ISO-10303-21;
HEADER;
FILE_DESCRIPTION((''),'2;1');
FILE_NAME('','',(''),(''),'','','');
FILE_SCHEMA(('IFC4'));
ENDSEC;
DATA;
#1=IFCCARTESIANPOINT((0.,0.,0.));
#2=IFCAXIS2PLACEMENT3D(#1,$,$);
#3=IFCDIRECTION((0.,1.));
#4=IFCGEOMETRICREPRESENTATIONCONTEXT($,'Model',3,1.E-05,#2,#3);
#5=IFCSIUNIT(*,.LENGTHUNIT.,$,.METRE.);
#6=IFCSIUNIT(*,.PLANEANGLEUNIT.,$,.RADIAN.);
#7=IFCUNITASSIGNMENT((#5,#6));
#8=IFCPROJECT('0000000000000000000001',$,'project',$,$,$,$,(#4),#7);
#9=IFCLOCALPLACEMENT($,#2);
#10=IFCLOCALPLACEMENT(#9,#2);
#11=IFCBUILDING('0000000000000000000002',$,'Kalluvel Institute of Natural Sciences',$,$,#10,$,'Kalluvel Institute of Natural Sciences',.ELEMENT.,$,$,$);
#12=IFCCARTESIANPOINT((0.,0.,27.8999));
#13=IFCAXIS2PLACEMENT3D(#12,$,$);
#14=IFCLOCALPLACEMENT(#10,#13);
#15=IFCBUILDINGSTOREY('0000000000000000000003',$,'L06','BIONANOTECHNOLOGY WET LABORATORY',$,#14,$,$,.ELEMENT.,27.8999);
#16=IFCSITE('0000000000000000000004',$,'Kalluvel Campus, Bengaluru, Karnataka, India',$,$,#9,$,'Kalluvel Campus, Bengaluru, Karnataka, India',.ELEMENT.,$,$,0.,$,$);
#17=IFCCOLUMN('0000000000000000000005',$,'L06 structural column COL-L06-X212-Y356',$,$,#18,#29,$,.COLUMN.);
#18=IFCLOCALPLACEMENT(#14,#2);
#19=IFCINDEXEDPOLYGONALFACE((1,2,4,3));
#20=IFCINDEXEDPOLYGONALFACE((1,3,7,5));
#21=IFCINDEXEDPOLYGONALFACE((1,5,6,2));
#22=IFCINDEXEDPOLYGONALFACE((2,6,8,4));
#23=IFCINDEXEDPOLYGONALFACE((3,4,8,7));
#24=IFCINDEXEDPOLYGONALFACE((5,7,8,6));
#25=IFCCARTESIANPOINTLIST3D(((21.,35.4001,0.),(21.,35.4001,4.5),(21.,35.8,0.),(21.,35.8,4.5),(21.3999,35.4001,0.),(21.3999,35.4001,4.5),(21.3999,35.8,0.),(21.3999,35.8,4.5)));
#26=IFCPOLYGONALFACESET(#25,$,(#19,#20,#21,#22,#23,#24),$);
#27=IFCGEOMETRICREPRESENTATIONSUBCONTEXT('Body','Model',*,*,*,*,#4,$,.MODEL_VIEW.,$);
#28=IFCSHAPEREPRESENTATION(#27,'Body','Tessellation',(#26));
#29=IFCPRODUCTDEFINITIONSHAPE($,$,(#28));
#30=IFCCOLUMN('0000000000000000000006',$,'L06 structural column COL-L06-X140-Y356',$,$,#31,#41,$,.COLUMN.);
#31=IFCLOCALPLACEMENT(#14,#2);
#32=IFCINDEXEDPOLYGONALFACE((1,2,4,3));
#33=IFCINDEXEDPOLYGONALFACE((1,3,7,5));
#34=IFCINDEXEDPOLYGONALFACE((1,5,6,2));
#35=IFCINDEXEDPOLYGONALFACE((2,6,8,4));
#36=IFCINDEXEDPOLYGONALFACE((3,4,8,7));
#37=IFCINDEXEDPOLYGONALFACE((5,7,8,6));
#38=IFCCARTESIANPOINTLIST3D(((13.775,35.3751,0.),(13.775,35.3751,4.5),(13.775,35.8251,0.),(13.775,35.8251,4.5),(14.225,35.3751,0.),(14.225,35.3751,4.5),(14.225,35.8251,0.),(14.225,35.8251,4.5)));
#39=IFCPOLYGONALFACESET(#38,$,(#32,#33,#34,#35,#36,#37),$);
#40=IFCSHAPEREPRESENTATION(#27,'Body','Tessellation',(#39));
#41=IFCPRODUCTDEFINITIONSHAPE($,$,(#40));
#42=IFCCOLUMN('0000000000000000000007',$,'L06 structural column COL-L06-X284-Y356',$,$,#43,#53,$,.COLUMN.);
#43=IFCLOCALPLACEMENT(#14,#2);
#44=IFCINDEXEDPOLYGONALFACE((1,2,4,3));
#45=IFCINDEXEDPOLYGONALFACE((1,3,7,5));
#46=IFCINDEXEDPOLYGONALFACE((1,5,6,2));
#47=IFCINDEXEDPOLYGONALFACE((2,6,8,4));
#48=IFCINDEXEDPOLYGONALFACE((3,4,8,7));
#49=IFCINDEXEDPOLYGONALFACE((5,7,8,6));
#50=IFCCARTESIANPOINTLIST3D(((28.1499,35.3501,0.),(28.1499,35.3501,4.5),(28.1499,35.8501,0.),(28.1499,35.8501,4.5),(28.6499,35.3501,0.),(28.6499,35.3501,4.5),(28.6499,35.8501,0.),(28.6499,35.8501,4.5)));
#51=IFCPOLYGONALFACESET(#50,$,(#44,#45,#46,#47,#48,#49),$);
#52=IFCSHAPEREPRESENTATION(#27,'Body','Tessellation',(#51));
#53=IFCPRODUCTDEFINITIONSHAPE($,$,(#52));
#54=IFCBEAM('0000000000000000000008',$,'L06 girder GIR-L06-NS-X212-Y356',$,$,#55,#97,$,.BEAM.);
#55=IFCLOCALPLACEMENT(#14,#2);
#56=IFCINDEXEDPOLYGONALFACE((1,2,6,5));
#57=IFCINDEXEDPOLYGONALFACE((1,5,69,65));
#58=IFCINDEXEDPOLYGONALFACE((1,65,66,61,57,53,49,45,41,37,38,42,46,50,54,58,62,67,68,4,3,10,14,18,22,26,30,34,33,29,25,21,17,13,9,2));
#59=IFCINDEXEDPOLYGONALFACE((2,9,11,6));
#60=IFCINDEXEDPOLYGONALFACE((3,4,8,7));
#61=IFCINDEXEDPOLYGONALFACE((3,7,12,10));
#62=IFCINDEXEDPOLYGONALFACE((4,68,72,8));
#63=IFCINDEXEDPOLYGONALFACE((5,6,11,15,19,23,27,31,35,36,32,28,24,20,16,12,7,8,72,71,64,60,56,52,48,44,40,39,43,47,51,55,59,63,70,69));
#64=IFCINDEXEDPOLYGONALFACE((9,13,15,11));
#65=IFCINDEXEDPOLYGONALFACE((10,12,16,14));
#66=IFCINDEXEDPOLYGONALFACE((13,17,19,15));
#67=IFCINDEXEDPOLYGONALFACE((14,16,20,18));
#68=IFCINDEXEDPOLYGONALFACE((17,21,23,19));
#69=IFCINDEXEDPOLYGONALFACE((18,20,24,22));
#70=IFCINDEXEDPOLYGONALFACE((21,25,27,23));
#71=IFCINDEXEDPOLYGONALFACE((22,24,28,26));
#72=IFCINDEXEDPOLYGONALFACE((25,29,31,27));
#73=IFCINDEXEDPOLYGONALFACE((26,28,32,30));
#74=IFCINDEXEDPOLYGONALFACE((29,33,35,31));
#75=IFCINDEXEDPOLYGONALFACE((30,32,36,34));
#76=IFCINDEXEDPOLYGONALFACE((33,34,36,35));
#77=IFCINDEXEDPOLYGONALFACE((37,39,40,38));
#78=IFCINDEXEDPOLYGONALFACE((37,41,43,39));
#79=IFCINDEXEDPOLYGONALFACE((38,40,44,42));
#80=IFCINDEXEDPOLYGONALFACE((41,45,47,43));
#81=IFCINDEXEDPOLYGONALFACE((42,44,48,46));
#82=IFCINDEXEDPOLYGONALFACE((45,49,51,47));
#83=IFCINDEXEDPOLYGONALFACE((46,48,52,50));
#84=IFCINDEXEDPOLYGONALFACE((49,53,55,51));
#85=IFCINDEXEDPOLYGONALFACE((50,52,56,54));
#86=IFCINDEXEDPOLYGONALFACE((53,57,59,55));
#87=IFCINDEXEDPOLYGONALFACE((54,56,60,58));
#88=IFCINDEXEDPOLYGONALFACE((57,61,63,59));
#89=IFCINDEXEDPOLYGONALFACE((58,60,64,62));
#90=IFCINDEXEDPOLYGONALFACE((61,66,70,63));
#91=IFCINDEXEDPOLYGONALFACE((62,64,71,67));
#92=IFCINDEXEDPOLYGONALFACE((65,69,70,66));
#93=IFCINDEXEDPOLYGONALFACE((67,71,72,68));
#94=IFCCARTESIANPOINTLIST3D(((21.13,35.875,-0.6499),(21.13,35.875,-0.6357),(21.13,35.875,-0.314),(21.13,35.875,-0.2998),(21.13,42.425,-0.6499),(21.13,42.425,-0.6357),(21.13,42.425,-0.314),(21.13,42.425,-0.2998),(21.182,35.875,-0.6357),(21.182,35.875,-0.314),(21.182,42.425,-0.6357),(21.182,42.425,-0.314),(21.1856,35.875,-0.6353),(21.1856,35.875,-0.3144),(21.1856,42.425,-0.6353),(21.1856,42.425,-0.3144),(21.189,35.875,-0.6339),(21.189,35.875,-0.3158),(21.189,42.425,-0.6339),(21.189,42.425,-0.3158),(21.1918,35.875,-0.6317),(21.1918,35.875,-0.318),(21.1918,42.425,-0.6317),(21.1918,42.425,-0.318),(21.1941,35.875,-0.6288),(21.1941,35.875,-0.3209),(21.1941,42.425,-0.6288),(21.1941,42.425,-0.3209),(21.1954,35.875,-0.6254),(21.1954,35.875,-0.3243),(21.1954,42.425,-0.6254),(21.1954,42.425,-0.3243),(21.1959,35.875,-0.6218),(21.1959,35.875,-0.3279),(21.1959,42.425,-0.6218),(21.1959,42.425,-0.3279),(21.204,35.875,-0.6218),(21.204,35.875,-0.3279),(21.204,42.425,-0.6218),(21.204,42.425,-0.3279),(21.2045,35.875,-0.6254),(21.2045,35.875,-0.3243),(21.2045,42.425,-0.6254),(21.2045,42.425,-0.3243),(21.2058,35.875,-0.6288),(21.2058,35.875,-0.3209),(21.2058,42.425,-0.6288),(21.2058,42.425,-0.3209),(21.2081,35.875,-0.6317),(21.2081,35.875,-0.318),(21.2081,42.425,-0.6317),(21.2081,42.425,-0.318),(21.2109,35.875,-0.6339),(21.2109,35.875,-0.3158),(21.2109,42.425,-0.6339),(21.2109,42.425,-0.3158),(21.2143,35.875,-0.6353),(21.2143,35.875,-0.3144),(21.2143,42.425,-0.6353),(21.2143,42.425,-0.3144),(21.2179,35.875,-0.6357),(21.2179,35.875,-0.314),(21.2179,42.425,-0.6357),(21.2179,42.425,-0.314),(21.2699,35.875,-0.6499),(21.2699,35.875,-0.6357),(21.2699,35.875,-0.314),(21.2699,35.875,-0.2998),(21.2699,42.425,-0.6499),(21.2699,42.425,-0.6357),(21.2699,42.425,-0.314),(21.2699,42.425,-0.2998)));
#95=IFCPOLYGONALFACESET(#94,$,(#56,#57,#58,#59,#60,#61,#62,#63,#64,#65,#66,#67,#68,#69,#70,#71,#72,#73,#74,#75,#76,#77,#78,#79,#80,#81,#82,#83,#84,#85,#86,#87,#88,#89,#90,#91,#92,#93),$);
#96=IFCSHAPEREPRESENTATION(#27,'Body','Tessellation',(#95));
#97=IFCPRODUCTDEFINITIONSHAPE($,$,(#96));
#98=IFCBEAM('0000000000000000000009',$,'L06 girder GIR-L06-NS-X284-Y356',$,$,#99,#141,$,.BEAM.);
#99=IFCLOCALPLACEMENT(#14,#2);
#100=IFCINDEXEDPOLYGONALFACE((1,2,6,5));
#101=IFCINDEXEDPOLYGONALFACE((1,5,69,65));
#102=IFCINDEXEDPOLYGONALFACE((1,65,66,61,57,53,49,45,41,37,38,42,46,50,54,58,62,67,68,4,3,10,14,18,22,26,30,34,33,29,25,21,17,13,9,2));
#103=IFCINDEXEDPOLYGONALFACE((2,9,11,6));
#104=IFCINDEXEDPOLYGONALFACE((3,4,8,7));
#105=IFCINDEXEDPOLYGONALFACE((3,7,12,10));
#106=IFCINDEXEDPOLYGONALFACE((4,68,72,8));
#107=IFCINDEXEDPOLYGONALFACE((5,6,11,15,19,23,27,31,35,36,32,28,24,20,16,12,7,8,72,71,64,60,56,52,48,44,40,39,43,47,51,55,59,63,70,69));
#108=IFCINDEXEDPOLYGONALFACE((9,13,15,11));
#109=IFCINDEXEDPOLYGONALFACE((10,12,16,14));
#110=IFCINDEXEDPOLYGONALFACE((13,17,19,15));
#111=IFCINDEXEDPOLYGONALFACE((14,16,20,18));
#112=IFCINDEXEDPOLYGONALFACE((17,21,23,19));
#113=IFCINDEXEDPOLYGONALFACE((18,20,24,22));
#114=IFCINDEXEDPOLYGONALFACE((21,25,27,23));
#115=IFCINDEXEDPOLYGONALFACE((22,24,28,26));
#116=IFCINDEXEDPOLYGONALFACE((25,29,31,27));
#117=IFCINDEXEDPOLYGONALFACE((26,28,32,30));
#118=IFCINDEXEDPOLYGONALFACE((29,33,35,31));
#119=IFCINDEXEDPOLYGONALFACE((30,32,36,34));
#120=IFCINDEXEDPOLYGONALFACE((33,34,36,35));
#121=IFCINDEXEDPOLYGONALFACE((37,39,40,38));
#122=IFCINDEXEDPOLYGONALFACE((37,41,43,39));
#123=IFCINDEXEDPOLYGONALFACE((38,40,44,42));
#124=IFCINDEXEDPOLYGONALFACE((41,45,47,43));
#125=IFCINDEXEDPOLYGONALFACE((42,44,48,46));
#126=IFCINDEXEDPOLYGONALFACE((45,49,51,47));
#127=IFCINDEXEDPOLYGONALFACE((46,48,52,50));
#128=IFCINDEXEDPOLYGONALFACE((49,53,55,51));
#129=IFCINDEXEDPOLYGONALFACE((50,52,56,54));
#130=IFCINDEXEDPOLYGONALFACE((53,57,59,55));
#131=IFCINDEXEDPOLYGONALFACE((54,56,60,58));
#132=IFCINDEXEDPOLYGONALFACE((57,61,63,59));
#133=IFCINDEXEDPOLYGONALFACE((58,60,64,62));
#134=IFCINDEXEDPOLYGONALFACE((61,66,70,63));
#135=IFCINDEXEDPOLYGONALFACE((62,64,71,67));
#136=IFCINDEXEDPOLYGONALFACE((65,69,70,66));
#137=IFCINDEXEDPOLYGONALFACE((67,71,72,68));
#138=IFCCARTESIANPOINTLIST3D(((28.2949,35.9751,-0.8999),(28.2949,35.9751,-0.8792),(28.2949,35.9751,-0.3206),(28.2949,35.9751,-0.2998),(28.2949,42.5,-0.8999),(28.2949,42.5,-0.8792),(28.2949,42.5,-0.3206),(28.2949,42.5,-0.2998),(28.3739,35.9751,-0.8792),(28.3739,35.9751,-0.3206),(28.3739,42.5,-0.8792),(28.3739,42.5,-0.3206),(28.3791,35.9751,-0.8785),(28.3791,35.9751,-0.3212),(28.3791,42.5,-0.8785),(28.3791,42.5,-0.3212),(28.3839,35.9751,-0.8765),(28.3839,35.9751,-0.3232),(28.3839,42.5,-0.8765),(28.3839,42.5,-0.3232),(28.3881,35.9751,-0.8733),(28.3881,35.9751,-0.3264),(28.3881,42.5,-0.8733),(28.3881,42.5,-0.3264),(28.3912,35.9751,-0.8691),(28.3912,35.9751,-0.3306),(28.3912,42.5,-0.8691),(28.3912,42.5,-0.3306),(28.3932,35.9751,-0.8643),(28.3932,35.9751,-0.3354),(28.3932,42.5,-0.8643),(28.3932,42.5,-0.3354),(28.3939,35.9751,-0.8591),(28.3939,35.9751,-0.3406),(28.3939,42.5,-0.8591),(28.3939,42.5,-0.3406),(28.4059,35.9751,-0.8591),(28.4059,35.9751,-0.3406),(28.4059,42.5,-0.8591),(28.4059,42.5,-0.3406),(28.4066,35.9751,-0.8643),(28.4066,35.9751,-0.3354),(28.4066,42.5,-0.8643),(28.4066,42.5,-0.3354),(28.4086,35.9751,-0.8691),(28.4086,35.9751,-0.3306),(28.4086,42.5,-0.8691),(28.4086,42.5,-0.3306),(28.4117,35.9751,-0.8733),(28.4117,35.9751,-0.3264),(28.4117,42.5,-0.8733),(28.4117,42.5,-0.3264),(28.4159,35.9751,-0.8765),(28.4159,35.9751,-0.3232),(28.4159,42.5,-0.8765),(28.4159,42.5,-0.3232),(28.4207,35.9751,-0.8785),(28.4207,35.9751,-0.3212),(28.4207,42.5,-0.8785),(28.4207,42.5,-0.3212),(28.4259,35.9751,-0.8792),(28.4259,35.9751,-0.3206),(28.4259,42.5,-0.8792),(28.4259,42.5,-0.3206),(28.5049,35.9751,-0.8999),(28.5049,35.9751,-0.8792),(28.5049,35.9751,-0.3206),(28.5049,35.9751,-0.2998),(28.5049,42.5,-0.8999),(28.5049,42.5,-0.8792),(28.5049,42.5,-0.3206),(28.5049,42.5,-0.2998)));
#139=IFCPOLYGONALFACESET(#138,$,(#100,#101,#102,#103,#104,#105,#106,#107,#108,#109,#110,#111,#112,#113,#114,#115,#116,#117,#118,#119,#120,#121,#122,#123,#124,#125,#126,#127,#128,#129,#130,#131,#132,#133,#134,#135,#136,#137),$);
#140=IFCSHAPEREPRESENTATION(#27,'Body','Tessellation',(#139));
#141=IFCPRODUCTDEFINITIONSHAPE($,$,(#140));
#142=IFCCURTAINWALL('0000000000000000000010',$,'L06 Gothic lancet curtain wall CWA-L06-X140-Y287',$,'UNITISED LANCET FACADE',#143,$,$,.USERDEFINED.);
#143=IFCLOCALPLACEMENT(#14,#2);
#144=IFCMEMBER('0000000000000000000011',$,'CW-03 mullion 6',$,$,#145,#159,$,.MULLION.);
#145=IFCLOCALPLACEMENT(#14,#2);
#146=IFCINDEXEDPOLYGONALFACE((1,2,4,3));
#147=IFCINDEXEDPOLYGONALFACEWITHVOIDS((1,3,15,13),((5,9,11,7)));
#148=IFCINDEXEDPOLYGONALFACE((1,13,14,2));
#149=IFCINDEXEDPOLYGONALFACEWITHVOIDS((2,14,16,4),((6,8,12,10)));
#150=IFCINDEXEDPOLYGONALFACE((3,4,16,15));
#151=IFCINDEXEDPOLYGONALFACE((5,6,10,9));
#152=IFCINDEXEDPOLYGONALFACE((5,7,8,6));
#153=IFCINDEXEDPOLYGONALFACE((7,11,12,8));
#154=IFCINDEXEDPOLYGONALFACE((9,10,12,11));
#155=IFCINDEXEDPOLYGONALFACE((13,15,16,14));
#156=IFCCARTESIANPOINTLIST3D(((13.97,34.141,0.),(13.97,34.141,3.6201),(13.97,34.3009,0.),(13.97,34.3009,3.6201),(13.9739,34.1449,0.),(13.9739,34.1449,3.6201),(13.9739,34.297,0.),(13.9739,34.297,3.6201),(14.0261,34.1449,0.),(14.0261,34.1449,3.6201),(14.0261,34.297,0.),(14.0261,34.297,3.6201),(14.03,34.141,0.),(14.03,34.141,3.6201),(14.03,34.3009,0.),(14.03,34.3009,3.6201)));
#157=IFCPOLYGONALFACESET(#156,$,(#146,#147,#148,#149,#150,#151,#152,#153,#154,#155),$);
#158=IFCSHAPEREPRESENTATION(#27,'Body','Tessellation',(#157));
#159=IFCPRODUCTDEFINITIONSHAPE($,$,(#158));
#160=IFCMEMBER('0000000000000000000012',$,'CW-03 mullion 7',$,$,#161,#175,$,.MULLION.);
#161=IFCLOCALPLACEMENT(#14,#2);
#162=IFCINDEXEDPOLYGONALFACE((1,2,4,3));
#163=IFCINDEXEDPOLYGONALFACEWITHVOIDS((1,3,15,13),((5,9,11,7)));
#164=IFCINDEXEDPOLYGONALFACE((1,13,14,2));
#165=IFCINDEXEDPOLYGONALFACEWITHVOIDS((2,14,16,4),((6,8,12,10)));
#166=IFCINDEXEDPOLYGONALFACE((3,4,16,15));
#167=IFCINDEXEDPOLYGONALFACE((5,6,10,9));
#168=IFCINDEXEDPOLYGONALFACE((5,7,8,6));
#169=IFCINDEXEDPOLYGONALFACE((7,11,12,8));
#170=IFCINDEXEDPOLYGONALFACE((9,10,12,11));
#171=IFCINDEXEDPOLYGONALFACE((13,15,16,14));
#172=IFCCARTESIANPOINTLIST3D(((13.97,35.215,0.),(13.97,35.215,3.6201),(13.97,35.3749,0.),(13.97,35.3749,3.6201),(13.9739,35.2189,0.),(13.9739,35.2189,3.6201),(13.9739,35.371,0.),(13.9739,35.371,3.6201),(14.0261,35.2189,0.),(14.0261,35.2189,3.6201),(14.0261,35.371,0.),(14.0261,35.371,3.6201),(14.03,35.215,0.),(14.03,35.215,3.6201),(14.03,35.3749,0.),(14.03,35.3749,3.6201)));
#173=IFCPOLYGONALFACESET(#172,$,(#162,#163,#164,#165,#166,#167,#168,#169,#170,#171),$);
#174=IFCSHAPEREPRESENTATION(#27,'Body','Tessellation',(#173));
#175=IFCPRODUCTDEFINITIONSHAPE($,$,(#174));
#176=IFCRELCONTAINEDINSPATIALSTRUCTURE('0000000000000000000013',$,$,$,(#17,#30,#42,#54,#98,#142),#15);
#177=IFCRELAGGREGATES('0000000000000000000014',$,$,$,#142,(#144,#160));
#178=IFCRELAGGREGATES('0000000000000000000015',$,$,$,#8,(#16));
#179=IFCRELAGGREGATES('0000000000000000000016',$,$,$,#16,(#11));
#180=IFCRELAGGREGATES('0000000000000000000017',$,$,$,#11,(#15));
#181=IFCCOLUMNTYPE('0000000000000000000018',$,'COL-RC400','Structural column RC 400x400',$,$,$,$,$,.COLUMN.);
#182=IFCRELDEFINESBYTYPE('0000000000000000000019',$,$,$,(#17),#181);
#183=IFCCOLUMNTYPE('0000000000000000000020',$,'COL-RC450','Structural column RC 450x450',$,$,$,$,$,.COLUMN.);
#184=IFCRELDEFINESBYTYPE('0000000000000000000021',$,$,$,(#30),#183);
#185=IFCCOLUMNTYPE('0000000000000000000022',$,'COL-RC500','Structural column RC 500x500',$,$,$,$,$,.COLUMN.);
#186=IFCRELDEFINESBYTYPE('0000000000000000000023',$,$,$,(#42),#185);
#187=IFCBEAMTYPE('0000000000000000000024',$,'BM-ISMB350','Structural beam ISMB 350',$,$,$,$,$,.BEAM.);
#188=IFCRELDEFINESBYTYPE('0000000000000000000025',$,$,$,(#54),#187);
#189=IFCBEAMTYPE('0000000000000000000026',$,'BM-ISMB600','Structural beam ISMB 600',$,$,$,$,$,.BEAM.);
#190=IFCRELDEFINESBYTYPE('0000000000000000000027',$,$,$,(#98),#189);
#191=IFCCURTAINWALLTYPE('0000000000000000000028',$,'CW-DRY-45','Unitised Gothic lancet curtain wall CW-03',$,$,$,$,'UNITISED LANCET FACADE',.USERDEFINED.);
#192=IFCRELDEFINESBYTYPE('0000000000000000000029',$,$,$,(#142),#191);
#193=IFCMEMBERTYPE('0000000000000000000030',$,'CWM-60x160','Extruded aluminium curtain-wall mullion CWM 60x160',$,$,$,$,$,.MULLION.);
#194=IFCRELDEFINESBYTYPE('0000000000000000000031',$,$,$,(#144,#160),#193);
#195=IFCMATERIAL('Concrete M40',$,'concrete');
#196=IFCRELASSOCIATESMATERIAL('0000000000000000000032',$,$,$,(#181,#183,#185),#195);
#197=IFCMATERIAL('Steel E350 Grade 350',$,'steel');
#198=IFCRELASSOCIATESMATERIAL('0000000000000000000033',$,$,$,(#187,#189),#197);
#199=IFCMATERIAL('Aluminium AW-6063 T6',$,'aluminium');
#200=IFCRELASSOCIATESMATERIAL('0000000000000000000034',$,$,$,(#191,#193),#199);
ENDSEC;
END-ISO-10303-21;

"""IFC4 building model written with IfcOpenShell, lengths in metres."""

from ifc_helpers import new_model, si_unit, direction, frame, origin, origin_2d, place, context, subcontext, project, spatial, rectangle, hollow_rectangle, i_section, extrude, material, material_profile, profile_set, type_object, element, aggregate, save


model = new_model("IFC4")

# Units and contexts
model_context = context("Model", 3, precision=1e-05, world=origin(), true_north=direction((0.0, 1.0)))
body_context = subcontext(model_context, "Body", "Model", "MODEL_VIEW")
ifc_project = project(units=[si_unit("LENGTHUNIT", "METRE"), si_unit("PLANEANGLEUNIT", "RADIAN")], contexts=[model_context])

# Site, building, storey
site_placement = place(None, origin())
site = spatial("IfcSite", under=ifc_project, at=site_placement, Name="Kalluvel Campus, Bengaluru, Karnataka, India", LongName="Kalluvel Campus, Bengaluru, Karnataka, India", CompositionType="ELEMENT", RefElevation=0.0)
building_placement = place(site_placement, origin())
building = spatial("IfcBuilding", under=site, at=building_placement, Name="Kalluvel Institute of Natural Sciences", LongName="Kalluvel Institute of Natural Sciences", CompositionType="ELEMENT")
storey_placement = place(building_placement, frame((0.0, 0.0, 27.8999)))
storey = spatial("IfcBuildingStorey", under=building, at=storey_placement, Name="L06", Description="BIONANOTECHNOLOGY WET LABORATORY", CompositionType="ELEMENT", Elevation=27.8999)

# Columns
ifc_material_1 = material(Name="Concrete M40", Category="concrete")
ifc_material_profile_1 = material_profile(ifc_material_1, rectangle(XDim=0.3999, YDim=0.3999, at=origin_2d()), Name="RC 400x400")
ifc_profile_set_1 = profile_set([ifc_material_profile_1], Name="Concrete M40")
column_type_1 = type_object("IfcColumnType", Name="COL-RC400", Description="Structural column RC 400x400", PredefinedType="COLUMN", material=ifc_profile_set_1)
column_1_placement = place(storey_placement, frame((21.2, 35.6001, 0.0), z_axis=(0.0, 0.0, 1.0), x_axis=(1.0, 0.0, 0.0)))
element("IfcColumn", 1, at=column_1_placement, inside=storey, type_object=column_type_1, Name="L06 structural column COL-L06-X212-Y356", PredefinedType="COLUMN", context=body_context, shape_type="SweptSolid", body=[
    extrude(rectangle(XDim=0.3999, YDim=0.3999, at=origin_2d()), origin(), (0.0, 0.0, 1.0), 4.5),
])
ifc_material_profile_2 = material_profile(ifc_material_1, rectangle(XDim=0.45, YDim=0.45, at=origin_2d()), Name="RC 450x450")
ifc_profile_set_2 = profile_set([ifc_material_profile_2], Name="Concrete M40")
column_type_2 = type_object("IfcColumnType", Name="COL-RC450", Description="Structural column RC 450x450", PredefinedType="COLUMN", material=ifc_profile_set_2)
column_2_placement = place(storey_placement, frame((14.0, 35.6001, 0.0), z_axis=(0.0, 0.0, 1.0), x_axis=(1.0, 0.0, 0.0)))
element("IfcColumn", 2, at=column_2_placement, inside=storey, type_object=column_type_2, Name="L06 structural column COL-L06-X140-Y356", PredefinedType="COLUMN", context=body_context, shape_type="SweptSolid", body=[
    extrude(rectangle(XDim=0.45, YDim=0.45, at=origin_2d()), origin(), (0.0, 0.0, 1.0), 4.5),
])
ifc_material_profile_3 = material_profile(ifc_material_1, rectangle(XDim=0.5, YDim=0.5, at=origin_2d()), Name="RC 500x500")
ifc_profile_set_3 = profile_set([ifc_material_profile_3], Name="Concrete M40")
column_type_3 = type_object("IfcColumnType", Name="COL-RC500", Description="Structural column RC 500x500", PredefinedType="COLUMN", material=ifc_profile_set_3)
column_3_placement = place(storey_placement, frame((28.3999, 35.6001, 0.0), z_axis=(0.0, 0.0, 1.0), x_axis=(1.0, 0.0, 0.0)))
element("IfcColumn", 3, at=column_3_placement, inside=storey, type_object=column_type_3, Name="L06 structural column COL-L06-X284-Y356", PredefinedType="COLUMN", context=body_context, shape_type="SweptSolid", body=[
    extrude(rectangle(XDim=0.5, YDim=0.5, at=origin_2d()), origin(), (0.0, 0.0, 1.0), 4.5),
])

# Beams
ifc_material_2 = material(Name="Steel E350 Grade 350", Category="steel")
ifc_material_profile_4 = material_profile(ifc_material_2, i_section(OverallWidth=0.1399, OverallDepth=0.3501, WebThickness=0.0081, FlangeThickness=0.0142, FilletRadius=0.0139, at=origin_2d()), Name="ISMB 350")
ifc_profile_set_4 = profile_set([ifc_material_profile_4], Name="Steel E350 Grade 350")
beam_type_1 = type_object("IfcBeamType", Name="BM-ISMB350", Description="Structural beam ISMB 350", PredefinedType="BEAM", material=ifc_profile_set_4)
beam_1_placement = place(storey_placement, frame((21.2, 35.875, -0.4749), z_axis=(0.0, 1.0, 0.0), x_axis=(-1.0, 0.0, 0.0)))
element("IfcBeam", 4, at=beam_1_placement, inside=storey, type_object=beam_type_1, Name="L06 girder GIR-L06-NS-X212-Y356", PredefinedType="BEAM", context=body_context, shape_type="SweptSolid", body=[
    extrude(i_section(OverallWidth=0.1399, OverallDepth=0.3501, WebThickness=0.0081, FlangeThickness=0.0142, FilletRadius=0.0139, at=origin_2d()), origin(), (0.0, 0.0, 1.0), 6.55),
])
ifc_material_profile_5 = material_profile(ifc_material_2, i_section(OverallWidth=0.21, OverallDepth=0.6001, WebThickness=0.012, FlangeThickness=0.0208, FilletRadius=0.02, at=origin_2d()), Name="ISMB 600")
ifc_profile_set_5 = profile_set([ifc_material_profile_5], Name="Steel E350 Grade 350")
beam_type_2 = type_object("IfcBeamType", Name="BM-ISMB600", Description="Structural beam ISMB 600", PredefinedType="BEAM", material=ifc_profile_set_5)
beam_2_placement = place(storey_placement, frame((28.3999, 35.9751, -0.5999), z_axis=(0.0, 1.0, 0.0), x_axis=(-1.0, 0.0, 0.0)))
element("IfcBeam", 5, at=beam_2_placement, inside=storey, type_object=beam_type_2, Name="L06 girder GIR-L06-NS-X284-Y356", PredefinedType="BEAM", context=body_context, shape_type="SweptSolid", body=[
    extrude(i_section(OverallWidth=0.21, OverallDepth=0.6001, WebThickness=0.012, FlangeThickness=0.0208, FilletRadius=0.02, at=origin_2d()), origin(), (0.0, 0.0, 1.0), 6.5249),
])

# Curtain wall, members
ifc_material_3 = material(Name="Aluminium AW-6063 T6", Category="aluminium")
curtain_wall_type = type_object("IfcCurtainWallType", Name="CW-DRY-45", Description="Unitised Gothic lancet curtain wall CW-03", ElementType="UNITISED LANCET FACADE", PredefinedType="USERDEFINED", material=ifc_material_3)
curtain_wall_1_placement = place(storey_placement, origin())
curtain_wall_1 = element("IfcCurtainWall", 6, at=curtain_wall_1_placement, inside=storey, type_object=curtain_wall_type, Name="L06 Gothic lancet curtain wall CWA-L06-X140-Y287", ObjectType="UNITISED LANCET FACADE", PredefinedType="USERDEFINED")
ifc_material_profile_6 = material_profile(ifc_material_3, hollow_rectangle(XDim=0.0601, YDim=0.1599, WallThickness=0.0039, at=origin_2d()), Name="CWM 60x160")
ifc_profile_set_6 = profile_set([ifc_material_profile_6], Name="Aluminium AW-6063 T6")
member_type_1 = type_object("IfcMemberType", Name="CWM-60x160", Description="Extruded aluminium curtain-wall mullion CWM 60x160", PredefinedType="MULLION", material=ifc_profile_set_6)
member_1_placement = place(storey_placement, frame((14.0, 34.2209, 0.0), z_axis=(0.0, 0.0, 1.0), x_axis=(-1.0, 0.0, 0.0)))
member_1 = element("IfcMember", 7, at=member_1_placement, type_object=member_type_1, Name="CW-03 mullion 6", PredefinedType="MULLION", context=body_context, shape_type="SweptSolid", body=[
    extrude(hollow_rectangle(XDim=0.0601, YDim=0.1599, WallThickness=0.0039, at=origin_2d()), origin(), (0.0, 0.0, 1.0), 3.6201),
])
member_2_placement = place(storey_placement, frame((14.0, 35.2949, 0.0), z_axis=(0.0, 0.0, 1.0), x_axis=(-1.0, 0.0, 0.0)))
member_2 = element("IfcMember", 8, at=member_2_placement, type_object=member_type_1, Name="CW-03 mullion 7", PredefinedType="MULLION", context=body_context, shape_type="SweptSolid", body=[
    extrude(hollow_rectangle(XDim=0.0601, YDim=0.1599, WallThickness=0.0039, at=origin_2d()), origin(), (0.0, 0.0, 1.0), 3.6201),
])

aggregate(curtain_wall_1, [member_1, member_2])

save(model, "model.ifc")
